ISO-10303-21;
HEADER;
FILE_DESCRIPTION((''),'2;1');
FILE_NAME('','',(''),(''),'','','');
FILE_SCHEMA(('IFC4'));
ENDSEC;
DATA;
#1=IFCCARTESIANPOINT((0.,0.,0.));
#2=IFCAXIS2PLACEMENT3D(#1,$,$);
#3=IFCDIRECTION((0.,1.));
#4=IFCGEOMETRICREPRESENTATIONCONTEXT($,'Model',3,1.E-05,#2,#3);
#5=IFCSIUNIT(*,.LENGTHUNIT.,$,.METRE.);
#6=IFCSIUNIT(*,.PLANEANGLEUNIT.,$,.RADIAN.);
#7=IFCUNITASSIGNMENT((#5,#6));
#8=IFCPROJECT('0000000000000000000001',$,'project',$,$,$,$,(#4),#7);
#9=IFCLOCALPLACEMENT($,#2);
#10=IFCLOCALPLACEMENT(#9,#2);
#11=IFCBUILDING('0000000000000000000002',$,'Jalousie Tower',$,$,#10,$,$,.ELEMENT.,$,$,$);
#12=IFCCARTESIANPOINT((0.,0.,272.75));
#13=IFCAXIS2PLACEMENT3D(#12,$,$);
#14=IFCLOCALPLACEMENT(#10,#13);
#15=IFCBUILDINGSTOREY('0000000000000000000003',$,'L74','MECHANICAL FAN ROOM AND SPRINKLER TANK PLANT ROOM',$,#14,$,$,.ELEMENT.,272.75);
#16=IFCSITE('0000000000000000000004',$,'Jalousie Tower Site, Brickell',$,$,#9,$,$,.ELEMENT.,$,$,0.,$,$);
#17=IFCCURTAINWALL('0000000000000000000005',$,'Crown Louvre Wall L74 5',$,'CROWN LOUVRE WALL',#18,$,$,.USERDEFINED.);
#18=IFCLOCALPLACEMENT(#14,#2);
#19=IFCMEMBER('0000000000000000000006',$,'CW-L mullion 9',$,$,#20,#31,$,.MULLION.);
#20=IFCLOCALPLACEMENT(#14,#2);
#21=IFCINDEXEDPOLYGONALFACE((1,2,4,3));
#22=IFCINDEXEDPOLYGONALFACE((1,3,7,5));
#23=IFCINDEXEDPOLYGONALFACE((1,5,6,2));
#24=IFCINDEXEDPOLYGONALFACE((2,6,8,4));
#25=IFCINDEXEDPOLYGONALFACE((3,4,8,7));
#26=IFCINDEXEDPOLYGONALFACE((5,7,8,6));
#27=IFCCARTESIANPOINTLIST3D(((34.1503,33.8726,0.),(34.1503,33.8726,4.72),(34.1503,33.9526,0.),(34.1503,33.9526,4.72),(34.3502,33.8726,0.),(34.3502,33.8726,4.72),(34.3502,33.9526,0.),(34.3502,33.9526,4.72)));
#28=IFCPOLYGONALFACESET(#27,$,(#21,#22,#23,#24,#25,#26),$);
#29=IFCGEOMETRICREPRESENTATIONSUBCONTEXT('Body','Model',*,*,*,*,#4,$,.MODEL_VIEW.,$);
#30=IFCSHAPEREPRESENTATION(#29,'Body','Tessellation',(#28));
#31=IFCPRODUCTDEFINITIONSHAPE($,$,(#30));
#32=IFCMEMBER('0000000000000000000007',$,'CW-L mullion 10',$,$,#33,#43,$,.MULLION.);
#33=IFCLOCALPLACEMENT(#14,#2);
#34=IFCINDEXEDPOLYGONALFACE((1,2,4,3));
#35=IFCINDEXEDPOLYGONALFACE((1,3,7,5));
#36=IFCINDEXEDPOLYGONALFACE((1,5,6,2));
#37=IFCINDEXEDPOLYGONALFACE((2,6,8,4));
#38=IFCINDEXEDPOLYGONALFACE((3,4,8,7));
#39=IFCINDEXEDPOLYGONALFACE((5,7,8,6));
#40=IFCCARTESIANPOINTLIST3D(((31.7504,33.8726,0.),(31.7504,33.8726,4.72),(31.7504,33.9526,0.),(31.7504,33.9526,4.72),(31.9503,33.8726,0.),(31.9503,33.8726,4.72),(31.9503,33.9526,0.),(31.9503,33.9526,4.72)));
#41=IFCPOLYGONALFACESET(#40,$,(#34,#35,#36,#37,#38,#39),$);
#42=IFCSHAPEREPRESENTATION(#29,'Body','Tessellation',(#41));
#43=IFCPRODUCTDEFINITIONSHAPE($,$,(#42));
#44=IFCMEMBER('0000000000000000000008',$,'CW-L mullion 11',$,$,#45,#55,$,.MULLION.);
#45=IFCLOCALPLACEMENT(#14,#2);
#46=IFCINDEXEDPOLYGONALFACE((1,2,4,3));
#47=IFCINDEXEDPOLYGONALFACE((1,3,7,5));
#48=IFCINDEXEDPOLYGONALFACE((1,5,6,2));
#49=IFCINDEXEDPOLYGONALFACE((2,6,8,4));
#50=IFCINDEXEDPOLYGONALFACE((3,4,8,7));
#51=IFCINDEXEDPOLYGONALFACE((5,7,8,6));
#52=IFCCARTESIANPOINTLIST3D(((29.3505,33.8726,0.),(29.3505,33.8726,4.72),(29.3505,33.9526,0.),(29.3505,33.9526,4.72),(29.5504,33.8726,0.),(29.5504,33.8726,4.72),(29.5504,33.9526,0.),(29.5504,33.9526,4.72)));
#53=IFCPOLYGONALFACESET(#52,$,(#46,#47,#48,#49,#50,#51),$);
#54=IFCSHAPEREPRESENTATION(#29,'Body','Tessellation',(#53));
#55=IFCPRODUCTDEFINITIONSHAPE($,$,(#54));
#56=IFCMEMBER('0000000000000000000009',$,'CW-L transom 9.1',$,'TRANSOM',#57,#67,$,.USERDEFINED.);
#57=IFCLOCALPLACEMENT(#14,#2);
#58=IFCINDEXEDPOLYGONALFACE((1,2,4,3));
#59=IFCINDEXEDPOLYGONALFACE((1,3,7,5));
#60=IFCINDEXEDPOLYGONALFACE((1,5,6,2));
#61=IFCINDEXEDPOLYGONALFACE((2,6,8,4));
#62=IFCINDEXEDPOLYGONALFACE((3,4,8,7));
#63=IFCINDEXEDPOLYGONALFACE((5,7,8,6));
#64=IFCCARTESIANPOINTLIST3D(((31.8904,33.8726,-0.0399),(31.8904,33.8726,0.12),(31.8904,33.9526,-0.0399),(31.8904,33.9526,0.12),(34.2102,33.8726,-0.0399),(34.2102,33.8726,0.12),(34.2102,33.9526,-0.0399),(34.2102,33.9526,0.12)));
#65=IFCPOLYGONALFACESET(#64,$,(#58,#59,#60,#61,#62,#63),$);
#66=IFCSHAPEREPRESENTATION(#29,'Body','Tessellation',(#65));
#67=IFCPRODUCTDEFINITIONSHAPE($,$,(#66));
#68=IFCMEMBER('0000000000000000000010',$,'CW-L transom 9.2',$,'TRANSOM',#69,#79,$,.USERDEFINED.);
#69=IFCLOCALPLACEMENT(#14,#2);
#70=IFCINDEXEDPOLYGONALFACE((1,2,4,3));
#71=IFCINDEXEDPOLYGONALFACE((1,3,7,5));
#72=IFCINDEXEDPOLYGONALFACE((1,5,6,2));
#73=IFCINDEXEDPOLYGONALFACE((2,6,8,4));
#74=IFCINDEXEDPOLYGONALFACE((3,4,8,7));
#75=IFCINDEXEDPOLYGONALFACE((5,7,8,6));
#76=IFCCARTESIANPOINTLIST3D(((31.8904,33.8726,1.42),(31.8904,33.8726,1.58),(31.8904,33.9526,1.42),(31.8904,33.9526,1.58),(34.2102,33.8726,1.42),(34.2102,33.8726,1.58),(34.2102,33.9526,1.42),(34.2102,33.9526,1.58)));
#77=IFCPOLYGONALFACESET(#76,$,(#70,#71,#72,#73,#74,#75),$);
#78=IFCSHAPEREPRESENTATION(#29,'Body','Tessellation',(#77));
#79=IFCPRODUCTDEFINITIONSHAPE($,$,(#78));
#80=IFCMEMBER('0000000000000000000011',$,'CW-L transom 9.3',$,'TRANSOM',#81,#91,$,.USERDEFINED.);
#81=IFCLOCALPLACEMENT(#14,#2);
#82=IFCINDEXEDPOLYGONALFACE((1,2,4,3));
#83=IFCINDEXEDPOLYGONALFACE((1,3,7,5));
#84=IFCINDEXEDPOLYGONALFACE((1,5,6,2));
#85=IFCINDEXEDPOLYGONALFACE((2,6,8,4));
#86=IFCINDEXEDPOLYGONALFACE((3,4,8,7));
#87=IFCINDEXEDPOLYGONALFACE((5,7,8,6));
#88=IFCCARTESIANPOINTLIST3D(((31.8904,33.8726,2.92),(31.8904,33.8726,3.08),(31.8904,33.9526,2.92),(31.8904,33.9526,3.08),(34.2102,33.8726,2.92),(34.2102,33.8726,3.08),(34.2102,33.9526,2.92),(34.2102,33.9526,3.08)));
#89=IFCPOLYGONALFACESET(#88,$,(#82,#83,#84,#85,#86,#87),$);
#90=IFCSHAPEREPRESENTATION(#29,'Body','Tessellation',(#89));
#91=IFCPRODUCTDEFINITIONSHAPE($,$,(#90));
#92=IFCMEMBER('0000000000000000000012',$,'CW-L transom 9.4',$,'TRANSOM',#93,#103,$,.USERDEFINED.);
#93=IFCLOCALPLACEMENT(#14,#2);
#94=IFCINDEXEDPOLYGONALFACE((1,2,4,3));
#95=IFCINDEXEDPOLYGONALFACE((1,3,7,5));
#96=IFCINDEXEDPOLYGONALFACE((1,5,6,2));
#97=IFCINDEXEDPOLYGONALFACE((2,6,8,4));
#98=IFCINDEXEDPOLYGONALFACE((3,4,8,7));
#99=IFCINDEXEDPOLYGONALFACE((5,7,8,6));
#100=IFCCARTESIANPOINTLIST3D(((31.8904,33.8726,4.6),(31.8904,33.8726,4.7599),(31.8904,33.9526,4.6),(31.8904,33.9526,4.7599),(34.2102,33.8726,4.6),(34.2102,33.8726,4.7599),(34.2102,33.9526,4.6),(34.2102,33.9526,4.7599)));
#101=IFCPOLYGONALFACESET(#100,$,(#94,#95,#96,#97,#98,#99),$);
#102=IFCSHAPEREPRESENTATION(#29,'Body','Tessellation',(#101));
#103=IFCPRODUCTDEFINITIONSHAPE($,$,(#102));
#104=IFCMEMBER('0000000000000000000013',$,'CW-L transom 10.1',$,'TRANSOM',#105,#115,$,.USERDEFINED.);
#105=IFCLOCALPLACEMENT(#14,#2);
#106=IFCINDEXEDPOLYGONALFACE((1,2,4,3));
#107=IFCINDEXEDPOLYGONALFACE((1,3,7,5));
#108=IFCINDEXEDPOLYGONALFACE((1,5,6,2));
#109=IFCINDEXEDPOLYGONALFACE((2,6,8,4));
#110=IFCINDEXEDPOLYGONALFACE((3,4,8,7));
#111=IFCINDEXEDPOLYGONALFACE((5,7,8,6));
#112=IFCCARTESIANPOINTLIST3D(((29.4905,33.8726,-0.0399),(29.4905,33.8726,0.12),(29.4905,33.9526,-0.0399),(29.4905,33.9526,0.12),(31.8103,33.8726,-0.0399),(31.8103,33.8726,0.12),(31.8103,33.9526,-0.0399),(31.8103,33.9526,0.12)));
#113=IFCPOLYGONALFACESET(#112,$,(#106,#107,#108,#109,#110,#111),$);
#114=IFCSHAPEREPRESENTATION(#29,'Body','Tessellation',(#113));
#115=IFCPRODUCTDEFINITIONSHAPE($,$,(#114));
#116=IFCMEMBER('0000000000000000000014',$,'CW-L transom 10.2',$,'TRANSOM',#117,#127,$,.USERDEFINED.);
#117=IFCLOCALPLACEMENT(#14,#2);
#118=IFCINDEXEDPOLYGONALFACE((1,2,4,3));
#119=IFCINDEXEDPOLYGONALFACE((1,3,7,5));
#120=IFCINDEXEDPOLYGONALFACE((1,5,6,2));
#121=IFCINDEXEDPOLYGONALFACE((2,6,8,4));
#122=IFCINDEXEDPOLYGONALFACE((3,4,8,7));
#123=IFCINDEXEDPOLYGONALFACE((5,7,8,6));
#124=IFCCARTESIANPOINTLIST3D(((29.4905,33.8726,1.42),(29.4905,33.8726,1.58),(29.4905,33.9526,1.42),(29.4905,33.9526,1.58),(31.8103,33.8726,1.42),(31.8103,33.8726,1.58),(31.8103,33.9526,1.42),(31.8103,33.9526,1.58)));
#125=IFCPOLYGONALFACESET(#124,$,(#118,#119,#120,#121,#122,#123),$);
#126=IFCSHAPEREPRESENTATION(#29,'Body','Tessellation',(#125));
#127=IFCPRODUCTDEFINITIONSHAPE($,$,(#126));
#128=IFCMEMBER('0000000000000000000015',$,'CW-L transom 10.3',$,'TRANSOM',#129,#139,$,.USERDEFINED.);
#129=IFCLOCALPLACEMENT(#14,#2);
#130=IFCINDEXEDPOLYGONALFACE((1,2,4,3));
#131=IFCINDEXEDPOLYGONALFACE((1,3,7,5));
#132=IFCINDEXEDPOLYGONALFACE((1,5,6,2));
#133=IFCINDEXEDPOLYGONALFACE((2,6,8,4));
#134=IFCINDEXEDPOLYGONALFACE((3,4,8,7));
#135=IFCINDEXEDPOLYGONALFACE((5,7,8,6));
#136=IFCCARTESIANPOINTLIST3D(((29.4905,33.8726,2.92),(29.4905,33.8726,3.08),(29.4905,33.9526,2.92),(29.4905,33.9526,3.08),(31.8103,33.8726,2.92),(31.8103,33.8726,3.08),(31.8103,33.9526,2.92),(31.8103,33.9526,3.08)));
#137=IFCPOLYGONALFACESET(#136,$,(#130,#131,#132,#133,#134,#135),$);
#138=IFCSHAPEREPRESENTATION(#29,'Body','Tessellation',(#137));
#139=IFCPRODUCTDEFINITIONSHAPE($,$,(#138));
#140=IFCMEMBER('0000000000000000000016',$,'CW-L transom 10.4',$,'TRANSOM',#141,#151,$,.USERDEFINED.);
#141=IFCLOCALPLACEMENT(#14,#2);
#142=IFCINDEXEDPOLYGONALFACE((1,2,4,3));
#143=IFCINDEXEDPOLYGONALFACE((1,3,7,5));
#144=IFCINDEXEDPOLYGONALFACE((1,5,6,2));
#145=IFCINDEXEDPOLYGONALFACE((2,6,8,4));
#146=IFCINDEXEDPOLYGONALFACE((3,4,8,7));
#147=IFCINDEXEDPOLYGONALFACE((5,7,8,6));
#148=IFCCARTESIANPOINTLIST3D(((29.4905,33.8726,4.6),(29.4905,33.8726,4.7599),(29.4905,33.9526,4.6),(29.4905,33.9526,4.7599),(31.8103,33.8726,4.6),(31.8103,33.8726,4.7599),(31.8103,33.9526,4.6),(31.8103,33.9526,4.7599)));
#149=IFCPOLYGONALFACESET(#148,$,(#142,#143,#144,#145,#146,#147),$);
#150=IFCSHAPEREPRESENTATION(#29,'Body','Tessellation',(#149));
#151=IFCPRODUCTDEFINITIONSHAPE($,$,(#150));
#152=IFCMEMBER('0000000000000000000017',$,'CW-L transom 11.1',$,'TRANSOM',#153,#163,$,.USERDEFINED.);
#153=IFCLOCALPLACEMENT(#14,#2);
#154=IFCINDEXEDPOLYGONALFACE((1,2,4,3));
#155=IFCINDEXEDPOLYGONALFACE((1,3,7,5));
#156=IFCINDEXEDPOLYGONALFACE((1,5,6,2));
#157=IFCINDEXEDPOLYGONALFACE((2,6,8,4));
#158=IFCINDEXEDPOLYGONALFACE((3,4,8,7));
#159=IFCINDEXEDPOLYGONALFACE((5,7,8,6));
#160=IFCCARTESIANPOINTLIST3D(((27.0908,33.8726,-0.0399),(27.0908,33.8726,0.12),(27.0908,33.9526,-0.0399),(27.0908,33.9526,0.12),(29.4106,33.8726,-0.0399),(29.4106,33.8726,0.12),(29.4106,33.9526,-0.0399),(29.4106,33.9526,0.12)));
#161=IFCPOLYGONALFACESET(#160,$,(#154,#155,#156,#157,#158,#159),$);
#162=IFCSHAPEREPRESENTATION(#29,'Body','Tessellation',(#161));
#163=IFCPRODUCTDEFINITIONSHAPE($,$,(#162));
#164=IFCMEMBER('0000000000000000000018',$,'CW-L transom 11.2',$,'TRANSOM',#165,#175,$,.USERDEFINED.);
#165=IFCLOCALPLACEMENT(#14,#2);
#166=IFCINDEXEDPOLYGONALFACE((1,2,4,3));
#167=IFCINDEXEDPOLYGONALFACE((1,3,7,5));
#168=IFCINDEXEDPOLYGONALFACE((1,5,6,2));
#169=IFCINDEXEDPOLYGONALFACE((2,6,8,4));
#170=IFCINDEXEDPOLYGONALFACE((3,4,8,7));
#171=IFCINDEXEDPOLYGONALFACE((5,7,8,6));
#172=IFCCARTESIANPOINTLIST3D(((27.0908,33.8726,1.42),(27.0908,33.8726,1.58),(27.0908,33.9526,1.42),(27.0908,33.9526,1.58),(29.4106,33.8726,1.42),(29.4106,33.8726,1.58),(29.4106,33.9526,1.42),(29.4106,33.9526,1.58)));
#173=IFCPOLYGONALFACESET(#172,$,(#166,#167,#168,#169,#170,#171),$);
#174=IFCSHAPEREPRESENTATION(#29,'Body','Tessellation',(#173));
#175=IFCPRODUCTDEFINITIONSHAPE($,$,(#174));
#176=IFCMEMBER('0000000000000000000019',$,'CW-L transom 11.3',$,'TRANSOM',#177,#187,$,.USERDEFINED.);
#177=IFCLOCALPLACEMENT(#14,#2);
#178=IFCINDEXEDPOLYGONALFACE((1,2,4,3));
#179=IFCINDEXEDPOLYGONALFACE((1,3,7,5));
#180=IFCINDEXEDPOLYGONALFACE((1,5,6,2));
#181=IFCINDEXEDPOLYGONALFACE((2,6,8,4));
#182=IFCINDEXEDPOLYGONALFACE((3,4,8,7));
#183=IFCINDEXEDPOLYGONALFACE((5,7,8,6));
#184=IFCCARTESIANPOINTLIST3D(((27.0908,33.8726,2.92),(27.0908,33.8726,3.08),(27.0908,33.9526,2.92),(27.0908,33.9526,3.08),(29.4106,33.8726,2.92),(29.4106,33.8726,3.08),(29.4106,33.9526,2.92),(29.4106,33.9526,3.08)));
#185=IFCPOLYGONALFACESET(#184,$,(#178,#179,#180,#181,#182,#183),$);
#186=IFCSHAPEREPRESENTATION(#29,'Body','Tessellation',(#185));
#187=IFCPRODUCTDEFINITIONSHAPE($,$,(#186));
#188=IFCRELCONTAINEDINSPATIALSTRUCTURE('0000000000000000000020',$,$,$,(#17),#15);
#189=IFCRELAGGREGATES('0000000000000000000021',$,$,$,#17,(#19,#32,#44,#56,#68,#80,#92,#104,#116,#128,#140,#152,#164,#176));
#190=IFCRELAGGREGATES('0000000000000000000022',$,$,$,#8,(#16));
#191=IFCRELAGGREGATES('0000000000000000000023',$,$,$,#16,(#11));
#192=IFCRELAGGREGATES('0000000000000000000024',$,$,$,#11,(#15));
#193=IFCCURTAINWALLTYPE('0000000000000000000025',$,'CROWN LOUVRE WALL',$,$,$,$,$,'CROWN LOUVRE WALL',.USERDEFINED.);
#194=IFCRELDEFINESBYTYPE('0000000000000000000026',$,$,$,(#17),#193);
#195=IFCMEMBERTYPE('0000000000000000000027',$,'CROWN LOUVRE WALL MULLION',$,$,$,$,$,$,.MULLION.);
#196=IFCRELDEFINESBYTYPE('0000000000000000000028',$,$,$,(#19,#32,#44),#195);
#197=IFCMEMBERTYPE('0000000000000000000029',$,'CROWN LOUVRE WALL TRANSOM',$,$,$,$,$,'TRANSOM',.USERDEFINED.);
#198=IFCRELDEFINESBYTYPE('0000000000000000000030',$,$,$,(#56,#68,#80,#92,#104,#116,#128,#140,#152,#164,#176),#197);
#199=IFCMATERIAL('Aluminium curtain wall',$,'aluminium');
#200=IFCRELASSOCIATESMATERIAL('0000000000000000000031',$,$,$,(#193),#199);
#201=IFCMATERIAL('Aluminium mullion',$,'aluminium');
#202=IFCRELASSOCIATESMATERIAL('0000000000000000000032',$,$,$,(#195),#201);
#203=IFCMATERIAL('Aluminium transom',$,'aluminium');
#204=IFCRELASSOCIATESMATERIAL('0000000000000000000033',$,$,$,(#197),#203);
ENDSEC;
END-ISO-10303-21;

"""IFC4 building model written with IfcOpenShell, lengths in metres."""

from ifc_helpers import new_model, si_unit, direction, frame, origin, origin_2d, place, context, subcontext, project, spatial, rectangle, extrude, material, material_profile, profile_set, type_object, element, aggregate, save


model = new_model("IFC4")

# Units and contexts
model_context = context("Model", 3, precision=1e-05, world=origin(), true_north=direction((0.0, 1.0)))
body_context = subcontext(model_context, "Body", "Model", "MODEL_VIEW")
ifc_project = project(units=[si_unit("LENGTHUNIT", "METRE"), si_unit("PLANEANGLEUNIT", "RADIAN")], contexts=[model_context])

# Site, building, storey
site_placement = place(None, origin())
site = spatial("IfcSite", under=ifc_project, at=site_placement, Name="Jalousie Tower Site, Brickell", CompositionType="ELEMENT", RefElevation=0.0)
building_placement = place(site_placement, origin())
building = spatial("IfcBuilding", under=site, at=building_placement, Name="Jalousie Tower", CompositionType="ELEMENT")
storey_placement = place(building_placement, frame((0.0, 0.0, 272.75)))
storey = spatial("IfcBuildingStorey", under=building, at=storey_placement, Name="L74", Description="MECHANICAL FAN ROOM AND SPRINKLER TANK PLANT ROOM", CompositionType="ELEMENT", Elevation=272.75)

# Curtain wall, members
ifc_material_1 = material(Name="Aluminium curtain wall", Category="aluminium")
curtain_wall_type = type_object("IfcCurtainWallType", Name="CROWN LOUVRE WALL", ElementType="CROWN LOUVRE WALL", PredefinedType="USERDEFINED", material=ifc_material_1)
curtain_wall_placement = place(storey_placement, origin())
curtain_wall = element("IfcCurtainWall", 1, at=curtain_wall_placement, inside=storey, type_object=curtain_wall_type, Name="Crown Louvre Wall L74 5", ObjectType="CROWN LOUVRE WALL", PredefinedType="USERDEFINED")
ifc_material_2 = material(Name="Aluminium mullion", Category="aluminium")
ifc_material_profile_1 = material_profile(ifc_material_2, rectangle(XDim=0.0801, YDim=0.2, at=origin_2d()), Name="MULLION 80x200")
ifc_profile_set_1 = profile_set([ifc_material_profile_1], Name="Aluminium mullion")
member_type_1 = type_object("IfcMemberType", Name="CROWN LOUVRE WALL MULLION", PredefinedType="MULLION", material=ifc_profile_set_1)
member_1_placement = place(storey_placement, frame((34.2502, 33.9126, 0.0), z_axis=(0.0, 0.0, 1.0), x_axis=(0.0, -1.0, 0.0)))
member_1 = element("IfcMember", 2, at=member_1_placement, type_object=member_type_1, Name="CW-L mullion 9", PredefinedType="MULLION", context=body_context, shape_type="SweptSolid", body=[
    extrude(rectangle(XDim=0.0801, YDim=0.2, at=origin_2d()), origin(), (0.0, 0.0, 1.0), 4.72),
])
member_2_placement = place(storey_placement, frame((31.8503, 33.9126, 0.0), z_axis=(0.0, 0.0, 1.0), x_axis=(0.0, -1.0, 0.0)))
member_2 = element("IfcMember", 3, at=member_2_placement, type_object=member_type_1, Name="CW-L mullion 10", PredefinedType="MULLION", context=body_context, shape_type="SweptSolid", body=[
    extrude(rectangle(XDim=0.0801, YDim=0.2, at=origin_2d()), origin(), (0.0, 0.0, 1.0), 4.72),
])
member_3_placement = place(storey_placement, frame((29.4504, 33.9126, 0.0), z_axis=(0.0, 0.0, 1.0), x_axis=(0.0, -1.0, 0.0)))
member_3 = element("IfcMember", 4, at=member_3_placement, type_object=member_type_1, Name="CW-L mullion 11", PredefinedType="MULLION", context=body_context, shape_type="SweptSolid", body=[
    extrude(rectangle(XDim=0.0801, YDim=0.2, at=origin_2d()), origin(), (0.0, 0.0, 1.0), 4.72),
])
ifc_material_3 = material(Name="Aluminium transom", Category="aluminium")
ifc_material_profile_2 = material_profile(ifc_material_3, rectangle(XDim=0.0801, YDim=0.1599, at=origin_2d()), Name="TRANSOM 80x160")
ifc_profile_set_2 = profile_set([ifc_material_profile_2], Name="Aluminium transom")
member_type_2 = type_object("IfcMemberType", Name="CROWN LOUVRE WALL TRANSOM", ElementType="TRANSOM", PredefinedType="USERDEFINED", material=ifc_profile_set_2)
member_4_placement = place(storey_placement, frame((34.2102, 33.9126, 0.04), z_axis=(-1.0, 0.0, 0.0), x_axis=(0.0, -1.0, 0.0)))
member_4 = element("IfcMember", 5, at=member_4_placement, type_object=member_type_2, Name="CW-L transom 9.1", ObjectType="TRANSOM", PredefinedType="USERDEFINED", context=body_context, shape_type="SweptSolid", body=[
    extrude(rectangle(XDim=0.0801, YDim=0.1599, at=origin_2d()), origin(), (0.0, 0.0, 1.0), 2.3198),
])
member_5_placement = place(storey_placement, frame((34.2102, 33.9126, 1.5), z_axis=(-1.0, 0.0, 0.0), x_axis=(0.0, -1.0, 0.0)))
member_5 = element("IfcMember", 6, at=member_5_placement, type_object=member_type_2, Name="CW-L transom 9.2", ObjectType="TRANSOM", PredefinedType="USERDEFINED", context=body_context, shape_type="SweptSolid", body=[
    extrude(rectangle(XDim=0.0801, YDim=0.1599, at=origin_2d()), origin(), (0.0, 0.0, 1.0), 2.3198),
])
member_6_placement = place(storey_placement, frame((34.2102, 33.9126, 3.0), z_axis=(-1.0, 0.0, 0.0), x_axis=(0.0, -1.0, 0.0)))
member_6 = element("IfcMember", 7, at=member_6_placement, type_object=member_type_2, Name="CW-L transom 9.3", ObjectType="TRANSOM", PredefinedType="USERDEFINED", context=body_context, shape_type="SweptSolid", body=[
    extrude(rectangle(XDim=0.0801, YDim=0.1599, at=origin_2d()), origin(), (0.0, 0.0, 1.0), 2.3198),
])
member_7_placement = place(storey_placement, frame((34.2102, 33.9126, 4.6799), z_axis=(-1.0, 0.0, 0.0), x_axis=(0.0, -1.0, 0.0)))
member_7 = element("IfcMember", 8, at=member_7_placement, type_object=member_type_2, Name="CW-L transom 9.4", ObjectType="TRANSOM", PredefinedType="USERDEFINED", context=body_context, shape_type="SweptSolid", body=[
    extrude(rectangle(XDim=0.0801, YDim=0.1599, at=origin_2d()), origin(), (0.0, 0.0, 1.0), 2.3198),
])
member_8_placement = place(storey_placement, frame((31.8103, 33.9126, 0.04), z_axis=(-1.0, 0.0, 0.0), x_axis=(0.0, -1.0, 0.0)))
member_8 = element("IfcMember", 9, at=member_8_placement, type_object=member_type_2, Name="CW-L transom 10.1", ObjectType="TRANSOM", PredefinedType="USERDEFINED", context=body_context, shape_type="SweptSolid", body=[
    extrude(rectangle(XDim=0.0801, YDim=0.1599, at=origin_2d()), origin(), (0.0, 0.0, 1.0), 2.3198),
])
member_9_placement = place(storey_placement, frame((31.8103, 33.9126, 1.5), z_axis=(-1.0, 0.0, 0.0), x_axis=(0.0, -1.0, 0.0)))
member_9 = element("IfcMember", 10, at=member_9_placement, type_object=member_type_2, Name="CW-L transom 10.2", ObjectType="TRANSOM", PredefinedType="USERDEFINED", context=body_context, shape_type="SweptSolid", body=[
    extrude(rectangle(XDim=0.0801, YDim=0.1599, at=origin_2d()), origin(), (0.0, 0.0, 1.0), 2.3198),
])
member_10_placement = place(storey_placement, frame((31.8103, 33.9126, 3.0), z_axis=(-1.0, 0.0, 0.0), x_axis=(0.0, -1.0, 0.0)))
member_10 = element("IfcMember", 11, at=member_10_placement, type_object=member_type_2, Name="CW-L transom 10.3", ObjectType="TRANSOM", PredefinedType="USERDEFINED", context=body_context, shape_type="SweptSolid", body=[
    extrude(rectangle(XDim=0.0801, YDim=0.1599, at=origin_2d()), origin(), (0.0, 0.0, 1.0), 2.3198),
])
member_11_placement = place(storey_placement, frame((31.8103, 33.9126, 4.6799), z_axis=(-1.0, 0.0, 0.0), x_axis=(0.0, -1.0, 0.0)))
member_11 = element("IfcMember", 12, at=member_11_placement, type_object=member_type_2, Name="CW-L transom 10.4", ObjectType="TRANSOM", PredefinedType="USERDEFINED", context=body_context, shape_type="SweptSolid", body=[
    extrude(rectangle(XDim=0.0801, YDim=0.1599, at=origin_2d()), origin(), (0.0, 0.0, 1.0), 2.3198),
])
member_12_placement = place(storey_placement, frame((29.4106, 33.9126, 0.04), z_axis=(-1.0, 0.0, 0.0), x_axis=(0.0, -1.0, 0.0)))
member_12 = element("IfcMember", 13, at=member_12_placement, type_object=member_type_2, Name="CW-L transom 11.1", ObjectType="TRANSOM", PredefinedType="USERDEFINED", context=body_context, shape_type="SweptSolid", body=[
    extrude(rectangle(XDim=0.0801, YDim=0.1599, at=origin_2d()), origin(), (0.0, 0.0, 1.0), 2.3198),
])
member_13_placement = place(storey_placement, frame((29.4106, 33.9126, 1.5), z_axis=(-1.0, 0.0, 0.0), x_axis=(0.0, -1.0, 0.0)))
member_13 = element("IfcMember", 14, at=member_13_placement, type_object=member_type_2, Name="CW-L transom 11.2", ObjectType="TRANSOM", PredefinedType="USERDEFINED", context=body_context, shape_type="SweptSolid", body=[
    extrude(rectangle(XDim=0.0801, YDim=0.1599, at=origin_2d()), origin(), (0.0, 0.0, 1.0), 2.3198),
])
member_14_placement = place(storey_placement, frame((29.4106, 33.9126, 3.0), z_axis=(-1.0, 0.0, 0.0), x_axis=(0.0, -1.0, 0.0)))
member_14 = element("IfcMember", 15, at=member_14_placement, type_object=member_type_2, Name="CW-L transom 11.3", ObjectType="TRANSOM", PredefinedType="USERDEFINED", context=body_context, shape_type="SweptSolid", body=[
    extrude(rectangle(XDim=0.0801, YDim=0.1599, at=origin_2d()), origin(), (0.0, 0.0, 1.0), 2.3198),
])
aggregate(curtain_wall, [member_1, member_2, member_3, member_4, member_5, member_6, member_7, member_8, member_9, member_10, member_11, member_12, member_13, member_14])

save(model, "model.ifc")
